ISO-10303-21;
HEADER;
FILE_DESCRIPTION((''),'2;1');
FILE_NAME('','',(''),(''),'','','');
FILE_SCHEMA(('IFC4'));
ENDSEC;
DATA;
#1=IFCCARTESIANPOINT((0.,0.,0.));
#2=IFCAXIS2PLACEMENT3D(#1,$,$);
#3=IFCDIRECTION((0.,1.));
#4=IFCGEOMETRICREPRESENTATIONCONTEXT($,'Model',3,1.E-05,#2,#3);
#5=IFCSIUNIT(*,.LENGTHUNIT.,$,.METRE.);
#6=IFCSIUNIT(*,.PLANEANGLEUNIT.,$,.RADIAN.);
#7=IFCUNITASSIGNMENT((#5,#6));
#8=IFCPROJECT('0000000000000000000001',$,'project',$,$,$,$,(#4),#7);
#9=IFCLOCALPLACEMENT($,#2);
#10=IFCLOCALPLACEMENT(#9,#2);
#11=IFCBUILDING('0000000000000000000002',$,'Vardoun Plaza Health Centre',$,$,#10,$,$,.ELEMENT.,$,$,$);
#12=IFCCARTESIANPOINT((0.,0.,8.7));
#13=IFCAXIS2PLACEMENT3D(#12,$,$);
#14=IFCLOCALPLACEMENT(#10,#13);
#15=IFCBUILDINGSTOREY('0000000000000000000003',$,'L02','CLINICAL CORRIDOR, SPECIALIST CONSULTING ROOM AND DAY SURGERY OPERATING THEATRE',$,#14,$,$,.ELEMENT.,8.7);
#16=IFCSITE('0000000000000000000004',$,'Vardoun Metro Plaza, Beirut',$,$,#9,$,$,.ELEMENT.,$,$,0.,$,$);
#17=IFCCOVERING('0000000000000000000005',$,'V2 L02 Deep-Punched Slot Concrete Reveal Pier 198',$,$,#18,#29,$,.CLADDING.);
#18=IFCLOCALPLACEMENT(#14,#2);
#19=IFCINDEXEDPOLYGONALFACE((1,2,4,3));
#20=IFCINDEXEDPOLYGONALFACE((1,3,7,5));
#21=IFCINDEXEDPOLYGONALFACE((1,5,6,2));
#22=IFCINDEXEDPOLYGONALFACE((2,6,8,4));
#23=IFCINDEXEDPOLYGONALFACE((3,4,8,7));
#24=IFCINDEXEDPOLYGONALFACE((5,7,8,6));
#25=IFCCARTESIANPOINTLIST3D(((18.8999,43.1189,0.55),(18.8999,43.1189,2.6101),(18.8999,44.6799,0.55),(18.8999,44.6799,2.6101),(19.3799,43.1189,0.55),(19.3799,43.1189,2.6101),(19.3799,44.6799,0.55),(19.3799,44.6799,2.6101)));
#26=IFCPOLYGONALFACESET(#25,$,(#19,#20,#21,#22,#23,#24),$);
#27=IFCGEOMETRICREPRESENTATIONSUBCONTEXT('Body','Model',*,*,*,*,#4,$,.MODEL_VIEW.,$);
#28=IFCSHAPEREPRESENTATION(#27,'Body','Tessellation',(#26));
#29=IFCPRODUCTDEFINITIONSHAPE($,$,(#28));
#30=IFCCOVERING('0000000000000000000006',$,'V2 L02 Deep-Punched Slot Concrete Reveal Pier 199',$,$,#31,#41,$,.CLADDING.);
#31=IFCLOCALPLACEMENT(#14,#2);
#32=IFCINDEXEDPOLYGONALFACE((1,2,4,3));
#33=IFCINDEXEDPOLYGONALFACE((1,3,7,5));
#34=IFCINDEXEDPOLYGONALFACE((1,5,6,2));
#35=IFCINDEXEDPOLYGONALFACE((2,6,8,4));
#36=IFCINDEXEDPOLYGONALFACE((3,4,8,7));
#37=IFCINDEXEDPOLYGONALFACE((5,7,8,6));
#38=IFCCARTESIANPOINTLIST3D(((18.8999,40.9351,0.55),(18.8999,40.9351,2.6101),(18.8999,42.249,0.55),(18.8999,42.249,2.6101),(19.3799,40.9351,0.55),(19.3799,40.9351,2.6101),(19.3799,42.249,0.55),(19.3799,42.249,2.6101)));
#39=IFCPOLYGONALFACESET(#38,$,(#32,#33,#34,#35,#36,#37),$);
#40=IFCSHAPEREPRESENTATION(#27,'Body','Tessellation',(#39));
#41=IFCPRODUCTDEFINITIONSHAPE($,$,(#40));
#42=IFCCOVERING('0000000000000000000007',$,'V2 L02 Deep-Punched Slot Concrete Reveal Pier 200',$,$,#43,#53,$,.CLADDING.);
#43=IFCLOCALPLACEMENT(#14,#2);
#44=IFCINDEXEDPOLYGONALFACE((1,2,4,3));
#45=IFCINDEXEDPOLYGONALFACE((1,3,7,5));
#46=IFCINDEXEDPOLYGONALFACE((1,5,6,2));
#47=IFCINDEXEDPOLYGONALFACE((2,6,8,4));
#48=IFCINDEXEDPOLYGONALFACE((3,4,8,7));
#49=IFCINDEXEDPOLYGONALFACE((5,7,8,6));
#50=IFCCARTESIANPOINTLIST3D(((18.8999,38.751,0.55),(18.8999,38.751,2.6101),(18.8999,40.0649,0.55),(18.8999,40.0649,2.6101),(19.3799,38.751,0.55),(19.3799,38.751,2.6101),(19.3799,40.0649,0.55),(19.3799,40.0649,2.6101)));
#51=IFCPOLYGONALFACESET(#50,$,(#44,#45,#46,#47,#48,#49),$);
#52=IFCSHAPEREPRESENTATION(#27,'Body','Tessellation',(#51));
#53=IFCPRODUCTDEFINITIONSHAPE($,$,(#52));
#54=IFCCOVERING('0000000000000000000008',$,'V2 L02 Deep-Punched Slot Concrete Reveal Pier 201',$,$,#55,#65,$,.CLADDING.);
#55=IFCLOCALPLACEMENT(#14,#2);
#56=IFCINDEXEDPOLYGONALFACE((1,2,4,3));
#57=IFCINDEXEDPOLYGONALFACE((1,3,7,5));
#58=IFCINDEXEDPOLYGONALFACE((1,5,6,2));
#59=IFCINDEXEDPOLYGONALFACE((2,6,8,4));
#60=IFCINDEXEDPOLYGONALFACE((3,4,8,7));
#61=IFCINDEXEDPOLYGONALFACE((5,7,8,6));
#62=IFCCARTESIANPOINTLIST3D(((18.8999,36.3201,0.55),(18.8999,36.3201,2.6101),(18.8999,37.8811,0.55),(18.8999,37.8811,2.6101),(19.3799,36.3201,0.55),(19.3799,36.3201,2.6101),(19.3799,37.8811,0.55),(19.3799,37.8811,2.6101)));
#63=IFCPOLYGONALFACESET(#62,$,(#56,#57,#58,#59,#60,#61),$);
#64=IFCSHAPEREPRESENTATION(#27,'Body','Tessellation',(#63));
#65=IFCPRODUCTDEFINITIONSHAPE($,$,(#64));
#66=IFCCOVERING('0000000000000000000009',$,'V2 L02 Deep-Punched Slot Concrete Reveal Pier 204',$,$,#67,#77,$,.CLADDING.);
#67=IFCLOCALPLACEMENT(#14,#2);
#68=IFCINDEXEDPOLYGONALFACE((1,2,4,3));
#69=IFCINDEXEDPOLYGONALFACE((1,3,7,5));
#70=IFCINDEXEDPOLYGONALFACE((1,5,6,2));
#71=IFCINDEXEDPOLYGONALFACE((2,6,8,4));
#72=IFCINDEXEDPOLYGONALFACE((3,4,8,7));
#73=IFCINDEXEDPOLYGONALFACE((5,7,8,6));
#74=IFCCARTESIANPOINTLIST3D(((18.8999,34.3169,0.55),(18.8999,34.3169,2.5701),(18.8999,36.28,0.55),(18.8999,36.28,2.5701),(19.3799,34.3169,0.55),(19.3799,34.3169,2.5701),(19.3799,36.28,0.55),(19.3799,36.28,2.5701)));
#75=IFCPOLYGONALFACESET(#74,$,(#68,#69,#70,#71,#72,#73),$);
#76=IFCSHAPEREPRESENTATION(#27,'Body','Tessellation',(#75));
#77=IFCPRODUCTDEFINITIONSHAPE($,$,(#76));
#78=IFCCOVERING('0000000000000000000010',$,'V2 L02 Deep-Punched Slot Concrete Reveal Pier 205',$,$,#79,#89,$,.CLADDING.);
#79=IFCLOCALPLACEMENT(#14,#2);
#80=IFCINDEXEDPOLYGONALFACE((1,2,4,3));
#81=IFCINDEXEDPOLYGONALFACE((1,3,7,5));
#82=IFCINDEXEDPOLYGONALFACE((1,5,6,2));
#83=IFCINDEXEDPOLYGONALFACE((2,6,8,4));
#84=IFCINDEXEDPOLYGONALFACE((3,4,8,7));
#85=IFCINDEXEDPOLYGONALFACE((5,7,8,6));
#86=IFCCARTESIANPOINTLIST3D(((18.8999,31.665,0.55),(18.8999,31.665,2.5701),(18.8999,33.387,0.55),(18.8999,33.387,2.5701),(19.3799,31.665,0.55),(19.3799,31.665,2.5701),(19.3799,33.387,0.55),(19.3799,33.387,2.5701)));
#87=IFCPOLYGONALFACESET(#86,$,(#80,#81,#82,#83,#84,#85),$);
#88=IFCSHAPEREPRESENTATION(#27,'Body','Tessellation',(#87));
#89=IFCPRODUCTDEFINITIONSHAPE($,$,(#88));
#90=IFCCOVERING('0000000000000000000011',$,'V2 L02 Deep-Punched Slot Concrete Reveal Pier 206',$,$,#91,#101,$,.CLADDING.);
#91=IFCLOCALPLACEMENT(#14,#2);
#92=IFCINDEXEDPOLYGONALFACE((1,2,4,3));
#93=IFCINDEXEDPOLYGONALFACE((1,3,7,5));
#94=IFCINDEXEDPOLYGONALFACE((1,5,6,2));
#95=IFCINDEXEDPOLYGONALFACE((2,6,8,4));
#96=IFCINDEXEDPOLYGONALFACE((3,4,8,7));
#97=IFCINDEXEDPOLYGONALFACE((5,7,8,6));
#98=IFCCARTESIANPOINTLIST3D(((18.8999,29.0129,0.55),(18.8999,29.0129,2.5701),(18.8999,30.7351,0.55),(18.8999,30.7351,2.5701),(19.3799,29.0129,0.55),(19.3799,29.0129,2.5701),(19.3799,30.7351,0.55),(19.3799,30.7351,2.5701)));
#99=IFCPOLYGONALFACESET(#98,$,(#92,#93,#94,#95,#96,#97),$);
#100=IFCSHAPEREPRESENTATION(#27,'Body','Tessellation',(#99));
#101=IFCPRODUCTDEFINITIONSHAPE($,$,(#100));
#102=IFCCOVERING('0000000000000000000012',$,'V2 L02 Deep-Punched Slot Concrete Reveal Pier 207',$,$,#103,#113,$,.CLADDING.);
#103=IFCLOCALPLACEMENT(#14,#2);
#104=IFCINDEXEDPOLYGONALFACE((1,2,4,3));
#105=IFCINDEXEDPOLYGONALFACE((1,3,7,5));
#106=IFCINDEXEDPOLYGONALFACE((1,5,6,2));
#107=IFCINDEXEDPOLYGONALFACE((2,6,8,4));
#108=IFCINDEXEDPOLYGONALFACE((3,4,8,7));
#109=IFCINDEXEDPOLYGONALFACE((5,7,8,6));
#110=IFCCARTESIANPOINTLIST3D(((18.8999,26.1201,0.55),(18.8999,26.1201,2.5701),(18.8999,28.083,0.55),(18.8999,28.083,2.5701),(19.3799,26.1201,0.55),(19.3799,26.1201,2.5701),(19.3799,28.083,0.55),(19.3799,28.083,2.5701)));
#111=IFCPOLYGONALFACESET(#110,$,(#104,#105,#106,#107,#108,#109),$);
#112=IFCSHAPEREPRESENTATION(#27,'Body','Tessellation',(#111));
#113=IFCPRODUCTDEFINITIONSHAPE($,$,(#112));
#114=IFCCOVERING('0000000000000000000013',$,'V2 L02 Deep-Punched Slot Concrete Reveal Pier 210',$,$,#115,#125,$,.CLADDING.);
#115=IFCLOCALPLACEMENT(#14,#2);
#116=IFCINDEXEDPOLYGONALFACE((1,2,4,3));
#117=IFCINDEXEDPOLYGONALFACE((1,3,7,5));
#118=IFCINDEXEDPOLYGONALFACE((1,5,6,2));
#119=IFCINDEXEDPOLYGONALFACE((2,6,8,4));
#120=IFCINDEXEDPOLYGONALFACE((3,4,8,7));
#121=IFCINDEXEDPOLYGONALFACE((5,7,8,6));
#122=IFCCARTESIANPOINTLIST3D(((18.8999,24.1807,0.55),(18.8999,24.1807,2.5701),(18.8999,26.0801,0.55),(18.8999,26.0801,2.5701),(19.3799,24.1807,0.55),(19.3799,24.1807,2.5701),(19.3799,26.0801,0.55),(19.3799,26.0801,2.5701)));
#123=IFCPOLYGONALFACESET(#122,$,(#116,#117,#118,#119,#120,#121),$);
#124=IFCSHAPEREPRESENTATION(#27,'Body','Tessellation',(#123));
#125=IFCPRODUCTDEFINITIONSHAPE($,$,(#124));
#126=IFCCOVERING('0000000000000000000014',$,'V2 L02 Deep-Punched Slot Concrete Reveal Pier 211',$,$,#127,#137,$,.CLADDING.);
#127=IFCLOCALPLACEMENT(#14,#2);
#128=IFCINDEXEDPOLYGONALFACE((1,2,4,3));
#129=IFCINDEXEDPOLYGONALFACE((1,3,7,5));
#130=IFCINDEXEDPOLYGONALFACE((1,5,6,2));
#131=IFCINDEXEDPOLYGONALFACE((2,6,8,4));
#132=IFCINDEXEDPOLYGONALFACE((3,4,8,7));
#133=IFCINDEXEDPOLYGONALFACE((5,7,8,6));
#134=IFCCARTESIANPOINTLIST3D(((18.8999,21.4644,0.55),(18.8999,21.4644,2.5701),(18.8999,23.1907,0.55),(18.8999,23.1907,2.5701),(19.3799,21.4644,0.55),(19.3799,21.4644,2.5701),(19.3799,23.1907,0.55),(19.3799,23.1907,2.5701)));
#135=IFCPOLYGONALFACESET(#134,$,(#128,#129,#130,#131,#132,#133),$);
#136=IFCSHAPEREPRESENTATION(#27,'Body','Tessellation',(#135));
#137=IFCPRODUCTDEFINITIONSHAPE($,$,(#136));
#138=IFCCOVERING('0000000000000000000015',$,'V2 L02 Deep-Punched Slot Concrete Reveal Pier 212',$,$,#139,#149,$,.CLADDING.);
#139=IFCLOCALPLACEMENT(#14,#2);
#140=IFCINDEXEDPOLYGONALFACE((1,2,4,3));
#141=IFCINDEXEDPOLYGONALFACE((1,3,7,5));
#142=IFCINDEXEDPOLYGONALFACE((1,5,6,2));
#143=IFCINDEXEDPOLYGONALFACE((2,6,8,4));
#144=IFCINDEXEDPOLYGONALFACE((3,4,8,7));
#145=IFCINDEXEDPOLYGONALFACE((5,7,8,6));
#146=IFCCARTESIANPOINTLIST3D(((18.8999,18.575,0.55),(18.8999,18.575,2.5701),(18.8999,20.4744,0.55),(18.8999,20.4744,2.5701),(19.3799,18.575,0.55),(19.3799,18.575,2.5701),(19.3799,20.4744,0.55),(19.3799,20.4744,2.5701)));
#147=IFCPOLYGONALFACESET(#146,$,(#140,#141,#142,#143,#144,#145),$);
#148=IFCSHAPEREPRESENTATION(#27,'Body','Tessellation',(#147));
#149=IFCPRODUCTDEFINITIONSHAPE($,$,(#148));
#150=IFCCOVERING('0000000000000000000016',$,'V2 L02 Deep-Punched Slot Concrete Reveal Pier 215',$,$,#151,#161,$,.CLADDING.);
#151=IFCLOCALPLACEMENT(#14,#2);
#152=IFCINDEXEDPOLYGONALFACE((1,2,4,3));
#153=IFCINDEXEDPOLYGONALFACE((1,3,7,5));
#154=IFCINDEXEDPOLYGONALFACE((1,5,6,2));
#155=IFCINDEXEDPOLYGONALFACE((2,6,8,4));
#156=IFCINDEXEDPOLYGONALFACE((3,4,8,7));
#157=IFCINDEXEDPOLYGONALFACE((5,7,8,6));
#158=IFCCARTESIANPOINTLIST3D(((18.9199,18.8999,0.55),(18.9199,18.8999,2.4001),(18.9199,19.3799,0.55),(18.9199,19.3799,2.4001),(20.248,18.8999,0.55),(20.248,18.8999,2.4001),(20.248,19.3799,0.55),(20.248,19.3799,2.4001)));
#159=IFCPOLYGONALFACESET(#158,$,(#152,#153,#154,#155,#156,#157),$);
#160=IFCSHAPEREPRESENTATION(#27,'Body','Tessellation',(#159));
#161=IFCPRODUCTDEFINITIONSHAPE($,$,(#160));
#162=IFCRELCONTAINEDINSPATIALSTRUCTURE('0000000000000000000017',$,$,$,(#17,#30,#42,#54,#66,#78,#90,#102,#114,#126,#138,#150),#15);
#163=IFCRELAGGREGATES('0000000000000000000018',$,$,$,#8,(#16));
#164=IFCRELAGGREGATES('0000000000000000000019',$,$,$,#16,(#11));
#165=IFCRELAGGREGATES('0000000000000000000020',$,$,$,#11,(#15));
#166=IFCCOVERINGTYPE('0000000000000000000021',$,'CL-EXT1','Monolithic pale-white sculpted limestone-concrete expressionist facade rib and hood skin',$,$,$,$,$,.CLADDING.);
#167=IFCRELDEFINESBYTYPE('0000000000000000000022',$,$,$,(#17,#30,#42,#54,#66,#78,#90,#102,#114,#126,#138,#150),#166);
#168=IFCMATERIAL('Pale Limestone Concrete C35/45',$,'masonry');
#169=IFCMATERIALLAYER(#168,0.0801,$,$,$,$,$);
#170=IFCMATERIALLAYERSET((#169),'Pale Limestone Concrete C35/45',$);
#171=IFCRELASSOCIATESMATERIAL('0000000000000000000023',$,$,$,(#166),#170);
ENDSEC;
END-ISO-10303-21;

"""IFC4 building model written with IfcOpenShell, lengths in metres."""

from ifc_helpers import new_model, si_unit, direction, frame, origin, place, context, subcontext, project, spatial, polyline, outline, extrude, material, layer, layer_set, type_object, element, save


model = new_model("IFC4")

# Units and contexts
model_context = context("Model", 3, precision=1e-05, world=origin(), true_north=direction((0.0, 1.0)))
body_context = subcontext(model_context, "Body", "Model", "MODEL_VIEW")
ifc_project = project(units=[si_unit("LENGTHUNIT", "METRE"), si_unit("PLANEANGLEUNIT", "RADIAN")], contexts=[model_context])

# Site, building, storey
site_placement = place(None, origin())
site = spatial("IfcSite", under=ifc_project, at=site_placement, Name="Vardoun Metro Plaza, Beirut", CompositionType="ELEMENT", RefElevation=0.0)
building_placement = place(site_placement, origin())
building = spatial("IfcBuilding", under=site, at=building_placement, Name="Vardoun Plaza Health Centre", CompositionType="ELEMENT")
storey_placement = place(building_placement, frame((0.0, 0.0, 8.7)))
storey = spatial("IfcBuildingStorey", under=building, at=storey_placement, Name="L02", Description="CLINICAL CORRIDOR, SPECIALIST CONSULTING ROOM AND DAY SURGERY OPERATING THEATRE", CompositionType="ELEMENT", Elevation=8.7)

# Coverings
ifc_material = material(Name="Pale Limestone Concrete C35/45", Category="masonry")
ifc_layer = layer(ifc_material, 0.0801)
ifc_layer_set = layer_set([ifc_layer], Name="Pale Limestone Concrete C35/45")
covering_type = type_object("IfcCoveringType", Name="CL-EXT1", Description="Monolithic pale-white sculpted limestone-concrete expressionist facade rib and hood skin", PredefinedType="CLADDING", material=ifc_layer_set)
covering_1_placement = place(storey_placement, frame((0.0, 0.0, 0.55)))
element("IfcCovering", 1, at=covering_1_placement, inside=storey, type_object=covering_type, Name="V2 L02 Deep-Punched Slot Concrete Reveal Pier 198", PredefinedType="CLADDING", context=body_context, shape_type="SweptSolid", body=[
    extrude(outline(polyline([(18.8999, 44.6799), (18.8999, 43.1189), (19.3799, 43.1189), (19.3799, 44.6799), (18.8999, 44.6799)])), origin(), (0.0, 0.0, 1.0), 2.0601),
])
covering_2_placement = place(storey_placement, frame((0.0, 0.0, 0.55)))
element("IfcCovering", 2, at=covering_2_placement, inside=storey, type_object=covering_type, Name="V2 L02 Deep-Punched Slot Concrete Reveal Pier 199", PredefinedType="CLADDING", context=body_context, shape_type="SweptSolid", body=[
    extrude(outline(polyline([(18.8999, 42.249), (18.8999, 40.9351), (19.3799, 40.9351), (19.3799, 42.249), (18.8999, 42.249)])), origin(), (0.0, 0.0, 1.0), 2.0601),
])
covering_3_placement = place(storey_placement, frame((0.0, 0.0, 0.55)))
element("IfcCovering", 3, at=covering_3_placement, inside=storey, type_object=covering_type, Name="V2 L02 Deep-Punched Slot Concrete Reveal Pier 200", PredefinedType="CLADDING", context=body_context, shape_type="SweptSolid", body=[
    extrude(outline(polyline([(18.8999, 40.0649), (18.8999, 38.751), (19.3799, 38.751), (19.3799, 40.0649), (18.8999, 40.0649)])), origin(), (0.0, 0.0, 1.0), 2.0601),
])
covering_4_placement = place(storey_placement, frame((0.0, 0.0, 0.55)))
element("IfcCovering", 4, at=covering_4_placement, inside=storey, type_object=covering_type, Name="V2 L02 Deep-Punched Slot Concrete Reveal Pier 201", PredefinedType="CLADDING", context=body_context, shape_type="SweptSolid", body=[
    extrude(outline(polyline([(18.8999, 37.8811), (18.8999, 36.3201), (19.3799, 36.3201), (19.3799, 37.8811), (18.8999, 37.8811)])), origin(), (0.0, 0.0, 1.0), 2.0601),
])
covering_5_placement = place(storey_placement, frame((0.0, 0.0, 0.55)))
element("IfcCovering", 5, at=covering_5_placement, inside=storey, type_object=covering_type, Name="V2 L02 Deep-Punched Slot Concrete Reveal Pier 204", PredefinedType="CLADDING", context=body_context, shape_type="SweptSolid", body=[
    extrude(outline(polyline([(18.8999, 36.28), (18.8999, 34.3169), (19.3799, 34.3169), (19.3799, 36.28), (18.8999, 36.28)])), origin(), (0.0, 0.0, 1.0), 2.02),
])
covering_6_placement = place(storey_placement, frame((0.0, 0.0, 0.55)))
element("IfcCovering", 6, at=covering_6_placement, inside=storey, type_object=covering_type, Name="V2 L02 Deep-Punched Slot Concrete Reveal Pier 205", PredefinedType="CLADDING", context=body_context, shape_type="SweptSolid", body=[
    extrude(outline(polyline([(18.8999, 33.387), (18.8999, 31.665), (19.3799, 31.665), (19.3799, 33.387), (18.8999, 33.387)])), origin(), (0.0, 0.0, 1.0), 2.02),
])
covering_7_placement = place(storey_placement, frame((0.0, 0.0, 0.55)))
element("IfcCovering", 7, at=covering_7_placement, inside=storey, type_object=covering_type, Name="V2 L02 Deep-Punched Slot Concrete Reveal Pier 206", PredefinedType="CLADDING", context=body_context, shape_type="SweptSolid", body=[
    extrude(outline(polyline([(18.8999, 30.7351), (18.8999, 29.0129), (19.3799, 29.0129), (19.3799, 30.7351), (18.8999, 30.7351)])), origin(), (0.0, 0.0, 1.0), 2.02),
])
covering_8_placement = place(storey_placement, frame((0.0, 0.0, 0.55)))
element("IfcCovering", 8, at=covering_8_placement, inside=storey, type_object=covering_type, Name="V2 L02 Deep-Punched Slot Concrete Reveal Pier 207", PredefinedType="CLADDING", context=body_context, shape_type="SweptSolid", body=[
    extrude(outline(polyline([(18.8999, 28.083), (18.8999, 26.1201), (19.3799, 26.1201), (19.3799, 28.083), (18.8999, 28.083)])), origin(), (0.0, 0.0, 1.0), 2.02),
])
covering_9_placement = place(storey_placement, frame((0.0, 0.0, 0.55)))
element("IfcCovering", 9, at=covering_9_placement, inside=storey, type_object=covering_type, Name="V2 L02 Deep-Punched Slot Concrete Reveal Pier 210", PredefinedType="CLADDING", context=body_context, shape_type="SweptSolid", body=[
    extrude(outline(polyline([(18.8999, 26.0801), (18.8999, 24.1807), (19.3799, 24.1807), (19.3799, 26.0801), (18.8999, 26.0801)])), origin(), (0.0, 0.0, 1.0), 2.02),
])
covering_10_placement = place(storey_placement, frame((0.0, 0.0, 0.55)))
element("IfcCovering", 10, at=covering_10_placement, inside=storey, type_object=covering_type, Name="V2 L02 Deep-Punched Slot Concrete Reveal Pier 211", PredefinedType="CLADDING", context=body_context, shape_type="SweptSolid", body=[
    extrude(outline(polyline([(18.8999, 23.1907), (18.8999, 21.4644), (19.3799, 21.4644), (19.3799, 23.1907), (18.8999, 23.1907)])), origin(), (0.0, 0.0, 1.0), 2.02),
])
covering_11_placement = place(storey_placement, frame((0.0, 0.0, 0.55)))
element("IfcCovering", 11, at=covering_11_placement, inside=storey, type_object=covering_type, Name="V2 L02 Deep-Punched Slot Concrete Reveal Pier 212", PredefinedType="CLADDING", context=body_context, shape_type="SweptSolid", body=[
    extrude(outline(polyline([(18.8999, 20.4744), (18.8999, 18.575), (19.3799, 18.575), (19.3799, 20.4744), (18.8999, 20.4744)])), origin(), (0.0, 0.0, 1.0), 2.02),
])
covering_12_placement = place(storey_placement, frame((0.0, 0.0, 0.55)))
element("IfcCovering", 12, at=covering_12_placement, inside=storey, type_object=covering_type, Name="V2 L02 Deep-Punched Slot Concrete Reveal Pier 215", PredefinedType="CLADDING", context=body_context, shape_type="SweptSolid", body=[
    extrude(outline(polyline([(18.9199, 18.8999), (20.248, 18.8999), (20.248, 19.3799), (18.9199, 19.3799), (18.9199, 18.8999)])), origin(), (0.0, 0.0, 1.0), 1.8501),
])

save(model, "model.ifc")
